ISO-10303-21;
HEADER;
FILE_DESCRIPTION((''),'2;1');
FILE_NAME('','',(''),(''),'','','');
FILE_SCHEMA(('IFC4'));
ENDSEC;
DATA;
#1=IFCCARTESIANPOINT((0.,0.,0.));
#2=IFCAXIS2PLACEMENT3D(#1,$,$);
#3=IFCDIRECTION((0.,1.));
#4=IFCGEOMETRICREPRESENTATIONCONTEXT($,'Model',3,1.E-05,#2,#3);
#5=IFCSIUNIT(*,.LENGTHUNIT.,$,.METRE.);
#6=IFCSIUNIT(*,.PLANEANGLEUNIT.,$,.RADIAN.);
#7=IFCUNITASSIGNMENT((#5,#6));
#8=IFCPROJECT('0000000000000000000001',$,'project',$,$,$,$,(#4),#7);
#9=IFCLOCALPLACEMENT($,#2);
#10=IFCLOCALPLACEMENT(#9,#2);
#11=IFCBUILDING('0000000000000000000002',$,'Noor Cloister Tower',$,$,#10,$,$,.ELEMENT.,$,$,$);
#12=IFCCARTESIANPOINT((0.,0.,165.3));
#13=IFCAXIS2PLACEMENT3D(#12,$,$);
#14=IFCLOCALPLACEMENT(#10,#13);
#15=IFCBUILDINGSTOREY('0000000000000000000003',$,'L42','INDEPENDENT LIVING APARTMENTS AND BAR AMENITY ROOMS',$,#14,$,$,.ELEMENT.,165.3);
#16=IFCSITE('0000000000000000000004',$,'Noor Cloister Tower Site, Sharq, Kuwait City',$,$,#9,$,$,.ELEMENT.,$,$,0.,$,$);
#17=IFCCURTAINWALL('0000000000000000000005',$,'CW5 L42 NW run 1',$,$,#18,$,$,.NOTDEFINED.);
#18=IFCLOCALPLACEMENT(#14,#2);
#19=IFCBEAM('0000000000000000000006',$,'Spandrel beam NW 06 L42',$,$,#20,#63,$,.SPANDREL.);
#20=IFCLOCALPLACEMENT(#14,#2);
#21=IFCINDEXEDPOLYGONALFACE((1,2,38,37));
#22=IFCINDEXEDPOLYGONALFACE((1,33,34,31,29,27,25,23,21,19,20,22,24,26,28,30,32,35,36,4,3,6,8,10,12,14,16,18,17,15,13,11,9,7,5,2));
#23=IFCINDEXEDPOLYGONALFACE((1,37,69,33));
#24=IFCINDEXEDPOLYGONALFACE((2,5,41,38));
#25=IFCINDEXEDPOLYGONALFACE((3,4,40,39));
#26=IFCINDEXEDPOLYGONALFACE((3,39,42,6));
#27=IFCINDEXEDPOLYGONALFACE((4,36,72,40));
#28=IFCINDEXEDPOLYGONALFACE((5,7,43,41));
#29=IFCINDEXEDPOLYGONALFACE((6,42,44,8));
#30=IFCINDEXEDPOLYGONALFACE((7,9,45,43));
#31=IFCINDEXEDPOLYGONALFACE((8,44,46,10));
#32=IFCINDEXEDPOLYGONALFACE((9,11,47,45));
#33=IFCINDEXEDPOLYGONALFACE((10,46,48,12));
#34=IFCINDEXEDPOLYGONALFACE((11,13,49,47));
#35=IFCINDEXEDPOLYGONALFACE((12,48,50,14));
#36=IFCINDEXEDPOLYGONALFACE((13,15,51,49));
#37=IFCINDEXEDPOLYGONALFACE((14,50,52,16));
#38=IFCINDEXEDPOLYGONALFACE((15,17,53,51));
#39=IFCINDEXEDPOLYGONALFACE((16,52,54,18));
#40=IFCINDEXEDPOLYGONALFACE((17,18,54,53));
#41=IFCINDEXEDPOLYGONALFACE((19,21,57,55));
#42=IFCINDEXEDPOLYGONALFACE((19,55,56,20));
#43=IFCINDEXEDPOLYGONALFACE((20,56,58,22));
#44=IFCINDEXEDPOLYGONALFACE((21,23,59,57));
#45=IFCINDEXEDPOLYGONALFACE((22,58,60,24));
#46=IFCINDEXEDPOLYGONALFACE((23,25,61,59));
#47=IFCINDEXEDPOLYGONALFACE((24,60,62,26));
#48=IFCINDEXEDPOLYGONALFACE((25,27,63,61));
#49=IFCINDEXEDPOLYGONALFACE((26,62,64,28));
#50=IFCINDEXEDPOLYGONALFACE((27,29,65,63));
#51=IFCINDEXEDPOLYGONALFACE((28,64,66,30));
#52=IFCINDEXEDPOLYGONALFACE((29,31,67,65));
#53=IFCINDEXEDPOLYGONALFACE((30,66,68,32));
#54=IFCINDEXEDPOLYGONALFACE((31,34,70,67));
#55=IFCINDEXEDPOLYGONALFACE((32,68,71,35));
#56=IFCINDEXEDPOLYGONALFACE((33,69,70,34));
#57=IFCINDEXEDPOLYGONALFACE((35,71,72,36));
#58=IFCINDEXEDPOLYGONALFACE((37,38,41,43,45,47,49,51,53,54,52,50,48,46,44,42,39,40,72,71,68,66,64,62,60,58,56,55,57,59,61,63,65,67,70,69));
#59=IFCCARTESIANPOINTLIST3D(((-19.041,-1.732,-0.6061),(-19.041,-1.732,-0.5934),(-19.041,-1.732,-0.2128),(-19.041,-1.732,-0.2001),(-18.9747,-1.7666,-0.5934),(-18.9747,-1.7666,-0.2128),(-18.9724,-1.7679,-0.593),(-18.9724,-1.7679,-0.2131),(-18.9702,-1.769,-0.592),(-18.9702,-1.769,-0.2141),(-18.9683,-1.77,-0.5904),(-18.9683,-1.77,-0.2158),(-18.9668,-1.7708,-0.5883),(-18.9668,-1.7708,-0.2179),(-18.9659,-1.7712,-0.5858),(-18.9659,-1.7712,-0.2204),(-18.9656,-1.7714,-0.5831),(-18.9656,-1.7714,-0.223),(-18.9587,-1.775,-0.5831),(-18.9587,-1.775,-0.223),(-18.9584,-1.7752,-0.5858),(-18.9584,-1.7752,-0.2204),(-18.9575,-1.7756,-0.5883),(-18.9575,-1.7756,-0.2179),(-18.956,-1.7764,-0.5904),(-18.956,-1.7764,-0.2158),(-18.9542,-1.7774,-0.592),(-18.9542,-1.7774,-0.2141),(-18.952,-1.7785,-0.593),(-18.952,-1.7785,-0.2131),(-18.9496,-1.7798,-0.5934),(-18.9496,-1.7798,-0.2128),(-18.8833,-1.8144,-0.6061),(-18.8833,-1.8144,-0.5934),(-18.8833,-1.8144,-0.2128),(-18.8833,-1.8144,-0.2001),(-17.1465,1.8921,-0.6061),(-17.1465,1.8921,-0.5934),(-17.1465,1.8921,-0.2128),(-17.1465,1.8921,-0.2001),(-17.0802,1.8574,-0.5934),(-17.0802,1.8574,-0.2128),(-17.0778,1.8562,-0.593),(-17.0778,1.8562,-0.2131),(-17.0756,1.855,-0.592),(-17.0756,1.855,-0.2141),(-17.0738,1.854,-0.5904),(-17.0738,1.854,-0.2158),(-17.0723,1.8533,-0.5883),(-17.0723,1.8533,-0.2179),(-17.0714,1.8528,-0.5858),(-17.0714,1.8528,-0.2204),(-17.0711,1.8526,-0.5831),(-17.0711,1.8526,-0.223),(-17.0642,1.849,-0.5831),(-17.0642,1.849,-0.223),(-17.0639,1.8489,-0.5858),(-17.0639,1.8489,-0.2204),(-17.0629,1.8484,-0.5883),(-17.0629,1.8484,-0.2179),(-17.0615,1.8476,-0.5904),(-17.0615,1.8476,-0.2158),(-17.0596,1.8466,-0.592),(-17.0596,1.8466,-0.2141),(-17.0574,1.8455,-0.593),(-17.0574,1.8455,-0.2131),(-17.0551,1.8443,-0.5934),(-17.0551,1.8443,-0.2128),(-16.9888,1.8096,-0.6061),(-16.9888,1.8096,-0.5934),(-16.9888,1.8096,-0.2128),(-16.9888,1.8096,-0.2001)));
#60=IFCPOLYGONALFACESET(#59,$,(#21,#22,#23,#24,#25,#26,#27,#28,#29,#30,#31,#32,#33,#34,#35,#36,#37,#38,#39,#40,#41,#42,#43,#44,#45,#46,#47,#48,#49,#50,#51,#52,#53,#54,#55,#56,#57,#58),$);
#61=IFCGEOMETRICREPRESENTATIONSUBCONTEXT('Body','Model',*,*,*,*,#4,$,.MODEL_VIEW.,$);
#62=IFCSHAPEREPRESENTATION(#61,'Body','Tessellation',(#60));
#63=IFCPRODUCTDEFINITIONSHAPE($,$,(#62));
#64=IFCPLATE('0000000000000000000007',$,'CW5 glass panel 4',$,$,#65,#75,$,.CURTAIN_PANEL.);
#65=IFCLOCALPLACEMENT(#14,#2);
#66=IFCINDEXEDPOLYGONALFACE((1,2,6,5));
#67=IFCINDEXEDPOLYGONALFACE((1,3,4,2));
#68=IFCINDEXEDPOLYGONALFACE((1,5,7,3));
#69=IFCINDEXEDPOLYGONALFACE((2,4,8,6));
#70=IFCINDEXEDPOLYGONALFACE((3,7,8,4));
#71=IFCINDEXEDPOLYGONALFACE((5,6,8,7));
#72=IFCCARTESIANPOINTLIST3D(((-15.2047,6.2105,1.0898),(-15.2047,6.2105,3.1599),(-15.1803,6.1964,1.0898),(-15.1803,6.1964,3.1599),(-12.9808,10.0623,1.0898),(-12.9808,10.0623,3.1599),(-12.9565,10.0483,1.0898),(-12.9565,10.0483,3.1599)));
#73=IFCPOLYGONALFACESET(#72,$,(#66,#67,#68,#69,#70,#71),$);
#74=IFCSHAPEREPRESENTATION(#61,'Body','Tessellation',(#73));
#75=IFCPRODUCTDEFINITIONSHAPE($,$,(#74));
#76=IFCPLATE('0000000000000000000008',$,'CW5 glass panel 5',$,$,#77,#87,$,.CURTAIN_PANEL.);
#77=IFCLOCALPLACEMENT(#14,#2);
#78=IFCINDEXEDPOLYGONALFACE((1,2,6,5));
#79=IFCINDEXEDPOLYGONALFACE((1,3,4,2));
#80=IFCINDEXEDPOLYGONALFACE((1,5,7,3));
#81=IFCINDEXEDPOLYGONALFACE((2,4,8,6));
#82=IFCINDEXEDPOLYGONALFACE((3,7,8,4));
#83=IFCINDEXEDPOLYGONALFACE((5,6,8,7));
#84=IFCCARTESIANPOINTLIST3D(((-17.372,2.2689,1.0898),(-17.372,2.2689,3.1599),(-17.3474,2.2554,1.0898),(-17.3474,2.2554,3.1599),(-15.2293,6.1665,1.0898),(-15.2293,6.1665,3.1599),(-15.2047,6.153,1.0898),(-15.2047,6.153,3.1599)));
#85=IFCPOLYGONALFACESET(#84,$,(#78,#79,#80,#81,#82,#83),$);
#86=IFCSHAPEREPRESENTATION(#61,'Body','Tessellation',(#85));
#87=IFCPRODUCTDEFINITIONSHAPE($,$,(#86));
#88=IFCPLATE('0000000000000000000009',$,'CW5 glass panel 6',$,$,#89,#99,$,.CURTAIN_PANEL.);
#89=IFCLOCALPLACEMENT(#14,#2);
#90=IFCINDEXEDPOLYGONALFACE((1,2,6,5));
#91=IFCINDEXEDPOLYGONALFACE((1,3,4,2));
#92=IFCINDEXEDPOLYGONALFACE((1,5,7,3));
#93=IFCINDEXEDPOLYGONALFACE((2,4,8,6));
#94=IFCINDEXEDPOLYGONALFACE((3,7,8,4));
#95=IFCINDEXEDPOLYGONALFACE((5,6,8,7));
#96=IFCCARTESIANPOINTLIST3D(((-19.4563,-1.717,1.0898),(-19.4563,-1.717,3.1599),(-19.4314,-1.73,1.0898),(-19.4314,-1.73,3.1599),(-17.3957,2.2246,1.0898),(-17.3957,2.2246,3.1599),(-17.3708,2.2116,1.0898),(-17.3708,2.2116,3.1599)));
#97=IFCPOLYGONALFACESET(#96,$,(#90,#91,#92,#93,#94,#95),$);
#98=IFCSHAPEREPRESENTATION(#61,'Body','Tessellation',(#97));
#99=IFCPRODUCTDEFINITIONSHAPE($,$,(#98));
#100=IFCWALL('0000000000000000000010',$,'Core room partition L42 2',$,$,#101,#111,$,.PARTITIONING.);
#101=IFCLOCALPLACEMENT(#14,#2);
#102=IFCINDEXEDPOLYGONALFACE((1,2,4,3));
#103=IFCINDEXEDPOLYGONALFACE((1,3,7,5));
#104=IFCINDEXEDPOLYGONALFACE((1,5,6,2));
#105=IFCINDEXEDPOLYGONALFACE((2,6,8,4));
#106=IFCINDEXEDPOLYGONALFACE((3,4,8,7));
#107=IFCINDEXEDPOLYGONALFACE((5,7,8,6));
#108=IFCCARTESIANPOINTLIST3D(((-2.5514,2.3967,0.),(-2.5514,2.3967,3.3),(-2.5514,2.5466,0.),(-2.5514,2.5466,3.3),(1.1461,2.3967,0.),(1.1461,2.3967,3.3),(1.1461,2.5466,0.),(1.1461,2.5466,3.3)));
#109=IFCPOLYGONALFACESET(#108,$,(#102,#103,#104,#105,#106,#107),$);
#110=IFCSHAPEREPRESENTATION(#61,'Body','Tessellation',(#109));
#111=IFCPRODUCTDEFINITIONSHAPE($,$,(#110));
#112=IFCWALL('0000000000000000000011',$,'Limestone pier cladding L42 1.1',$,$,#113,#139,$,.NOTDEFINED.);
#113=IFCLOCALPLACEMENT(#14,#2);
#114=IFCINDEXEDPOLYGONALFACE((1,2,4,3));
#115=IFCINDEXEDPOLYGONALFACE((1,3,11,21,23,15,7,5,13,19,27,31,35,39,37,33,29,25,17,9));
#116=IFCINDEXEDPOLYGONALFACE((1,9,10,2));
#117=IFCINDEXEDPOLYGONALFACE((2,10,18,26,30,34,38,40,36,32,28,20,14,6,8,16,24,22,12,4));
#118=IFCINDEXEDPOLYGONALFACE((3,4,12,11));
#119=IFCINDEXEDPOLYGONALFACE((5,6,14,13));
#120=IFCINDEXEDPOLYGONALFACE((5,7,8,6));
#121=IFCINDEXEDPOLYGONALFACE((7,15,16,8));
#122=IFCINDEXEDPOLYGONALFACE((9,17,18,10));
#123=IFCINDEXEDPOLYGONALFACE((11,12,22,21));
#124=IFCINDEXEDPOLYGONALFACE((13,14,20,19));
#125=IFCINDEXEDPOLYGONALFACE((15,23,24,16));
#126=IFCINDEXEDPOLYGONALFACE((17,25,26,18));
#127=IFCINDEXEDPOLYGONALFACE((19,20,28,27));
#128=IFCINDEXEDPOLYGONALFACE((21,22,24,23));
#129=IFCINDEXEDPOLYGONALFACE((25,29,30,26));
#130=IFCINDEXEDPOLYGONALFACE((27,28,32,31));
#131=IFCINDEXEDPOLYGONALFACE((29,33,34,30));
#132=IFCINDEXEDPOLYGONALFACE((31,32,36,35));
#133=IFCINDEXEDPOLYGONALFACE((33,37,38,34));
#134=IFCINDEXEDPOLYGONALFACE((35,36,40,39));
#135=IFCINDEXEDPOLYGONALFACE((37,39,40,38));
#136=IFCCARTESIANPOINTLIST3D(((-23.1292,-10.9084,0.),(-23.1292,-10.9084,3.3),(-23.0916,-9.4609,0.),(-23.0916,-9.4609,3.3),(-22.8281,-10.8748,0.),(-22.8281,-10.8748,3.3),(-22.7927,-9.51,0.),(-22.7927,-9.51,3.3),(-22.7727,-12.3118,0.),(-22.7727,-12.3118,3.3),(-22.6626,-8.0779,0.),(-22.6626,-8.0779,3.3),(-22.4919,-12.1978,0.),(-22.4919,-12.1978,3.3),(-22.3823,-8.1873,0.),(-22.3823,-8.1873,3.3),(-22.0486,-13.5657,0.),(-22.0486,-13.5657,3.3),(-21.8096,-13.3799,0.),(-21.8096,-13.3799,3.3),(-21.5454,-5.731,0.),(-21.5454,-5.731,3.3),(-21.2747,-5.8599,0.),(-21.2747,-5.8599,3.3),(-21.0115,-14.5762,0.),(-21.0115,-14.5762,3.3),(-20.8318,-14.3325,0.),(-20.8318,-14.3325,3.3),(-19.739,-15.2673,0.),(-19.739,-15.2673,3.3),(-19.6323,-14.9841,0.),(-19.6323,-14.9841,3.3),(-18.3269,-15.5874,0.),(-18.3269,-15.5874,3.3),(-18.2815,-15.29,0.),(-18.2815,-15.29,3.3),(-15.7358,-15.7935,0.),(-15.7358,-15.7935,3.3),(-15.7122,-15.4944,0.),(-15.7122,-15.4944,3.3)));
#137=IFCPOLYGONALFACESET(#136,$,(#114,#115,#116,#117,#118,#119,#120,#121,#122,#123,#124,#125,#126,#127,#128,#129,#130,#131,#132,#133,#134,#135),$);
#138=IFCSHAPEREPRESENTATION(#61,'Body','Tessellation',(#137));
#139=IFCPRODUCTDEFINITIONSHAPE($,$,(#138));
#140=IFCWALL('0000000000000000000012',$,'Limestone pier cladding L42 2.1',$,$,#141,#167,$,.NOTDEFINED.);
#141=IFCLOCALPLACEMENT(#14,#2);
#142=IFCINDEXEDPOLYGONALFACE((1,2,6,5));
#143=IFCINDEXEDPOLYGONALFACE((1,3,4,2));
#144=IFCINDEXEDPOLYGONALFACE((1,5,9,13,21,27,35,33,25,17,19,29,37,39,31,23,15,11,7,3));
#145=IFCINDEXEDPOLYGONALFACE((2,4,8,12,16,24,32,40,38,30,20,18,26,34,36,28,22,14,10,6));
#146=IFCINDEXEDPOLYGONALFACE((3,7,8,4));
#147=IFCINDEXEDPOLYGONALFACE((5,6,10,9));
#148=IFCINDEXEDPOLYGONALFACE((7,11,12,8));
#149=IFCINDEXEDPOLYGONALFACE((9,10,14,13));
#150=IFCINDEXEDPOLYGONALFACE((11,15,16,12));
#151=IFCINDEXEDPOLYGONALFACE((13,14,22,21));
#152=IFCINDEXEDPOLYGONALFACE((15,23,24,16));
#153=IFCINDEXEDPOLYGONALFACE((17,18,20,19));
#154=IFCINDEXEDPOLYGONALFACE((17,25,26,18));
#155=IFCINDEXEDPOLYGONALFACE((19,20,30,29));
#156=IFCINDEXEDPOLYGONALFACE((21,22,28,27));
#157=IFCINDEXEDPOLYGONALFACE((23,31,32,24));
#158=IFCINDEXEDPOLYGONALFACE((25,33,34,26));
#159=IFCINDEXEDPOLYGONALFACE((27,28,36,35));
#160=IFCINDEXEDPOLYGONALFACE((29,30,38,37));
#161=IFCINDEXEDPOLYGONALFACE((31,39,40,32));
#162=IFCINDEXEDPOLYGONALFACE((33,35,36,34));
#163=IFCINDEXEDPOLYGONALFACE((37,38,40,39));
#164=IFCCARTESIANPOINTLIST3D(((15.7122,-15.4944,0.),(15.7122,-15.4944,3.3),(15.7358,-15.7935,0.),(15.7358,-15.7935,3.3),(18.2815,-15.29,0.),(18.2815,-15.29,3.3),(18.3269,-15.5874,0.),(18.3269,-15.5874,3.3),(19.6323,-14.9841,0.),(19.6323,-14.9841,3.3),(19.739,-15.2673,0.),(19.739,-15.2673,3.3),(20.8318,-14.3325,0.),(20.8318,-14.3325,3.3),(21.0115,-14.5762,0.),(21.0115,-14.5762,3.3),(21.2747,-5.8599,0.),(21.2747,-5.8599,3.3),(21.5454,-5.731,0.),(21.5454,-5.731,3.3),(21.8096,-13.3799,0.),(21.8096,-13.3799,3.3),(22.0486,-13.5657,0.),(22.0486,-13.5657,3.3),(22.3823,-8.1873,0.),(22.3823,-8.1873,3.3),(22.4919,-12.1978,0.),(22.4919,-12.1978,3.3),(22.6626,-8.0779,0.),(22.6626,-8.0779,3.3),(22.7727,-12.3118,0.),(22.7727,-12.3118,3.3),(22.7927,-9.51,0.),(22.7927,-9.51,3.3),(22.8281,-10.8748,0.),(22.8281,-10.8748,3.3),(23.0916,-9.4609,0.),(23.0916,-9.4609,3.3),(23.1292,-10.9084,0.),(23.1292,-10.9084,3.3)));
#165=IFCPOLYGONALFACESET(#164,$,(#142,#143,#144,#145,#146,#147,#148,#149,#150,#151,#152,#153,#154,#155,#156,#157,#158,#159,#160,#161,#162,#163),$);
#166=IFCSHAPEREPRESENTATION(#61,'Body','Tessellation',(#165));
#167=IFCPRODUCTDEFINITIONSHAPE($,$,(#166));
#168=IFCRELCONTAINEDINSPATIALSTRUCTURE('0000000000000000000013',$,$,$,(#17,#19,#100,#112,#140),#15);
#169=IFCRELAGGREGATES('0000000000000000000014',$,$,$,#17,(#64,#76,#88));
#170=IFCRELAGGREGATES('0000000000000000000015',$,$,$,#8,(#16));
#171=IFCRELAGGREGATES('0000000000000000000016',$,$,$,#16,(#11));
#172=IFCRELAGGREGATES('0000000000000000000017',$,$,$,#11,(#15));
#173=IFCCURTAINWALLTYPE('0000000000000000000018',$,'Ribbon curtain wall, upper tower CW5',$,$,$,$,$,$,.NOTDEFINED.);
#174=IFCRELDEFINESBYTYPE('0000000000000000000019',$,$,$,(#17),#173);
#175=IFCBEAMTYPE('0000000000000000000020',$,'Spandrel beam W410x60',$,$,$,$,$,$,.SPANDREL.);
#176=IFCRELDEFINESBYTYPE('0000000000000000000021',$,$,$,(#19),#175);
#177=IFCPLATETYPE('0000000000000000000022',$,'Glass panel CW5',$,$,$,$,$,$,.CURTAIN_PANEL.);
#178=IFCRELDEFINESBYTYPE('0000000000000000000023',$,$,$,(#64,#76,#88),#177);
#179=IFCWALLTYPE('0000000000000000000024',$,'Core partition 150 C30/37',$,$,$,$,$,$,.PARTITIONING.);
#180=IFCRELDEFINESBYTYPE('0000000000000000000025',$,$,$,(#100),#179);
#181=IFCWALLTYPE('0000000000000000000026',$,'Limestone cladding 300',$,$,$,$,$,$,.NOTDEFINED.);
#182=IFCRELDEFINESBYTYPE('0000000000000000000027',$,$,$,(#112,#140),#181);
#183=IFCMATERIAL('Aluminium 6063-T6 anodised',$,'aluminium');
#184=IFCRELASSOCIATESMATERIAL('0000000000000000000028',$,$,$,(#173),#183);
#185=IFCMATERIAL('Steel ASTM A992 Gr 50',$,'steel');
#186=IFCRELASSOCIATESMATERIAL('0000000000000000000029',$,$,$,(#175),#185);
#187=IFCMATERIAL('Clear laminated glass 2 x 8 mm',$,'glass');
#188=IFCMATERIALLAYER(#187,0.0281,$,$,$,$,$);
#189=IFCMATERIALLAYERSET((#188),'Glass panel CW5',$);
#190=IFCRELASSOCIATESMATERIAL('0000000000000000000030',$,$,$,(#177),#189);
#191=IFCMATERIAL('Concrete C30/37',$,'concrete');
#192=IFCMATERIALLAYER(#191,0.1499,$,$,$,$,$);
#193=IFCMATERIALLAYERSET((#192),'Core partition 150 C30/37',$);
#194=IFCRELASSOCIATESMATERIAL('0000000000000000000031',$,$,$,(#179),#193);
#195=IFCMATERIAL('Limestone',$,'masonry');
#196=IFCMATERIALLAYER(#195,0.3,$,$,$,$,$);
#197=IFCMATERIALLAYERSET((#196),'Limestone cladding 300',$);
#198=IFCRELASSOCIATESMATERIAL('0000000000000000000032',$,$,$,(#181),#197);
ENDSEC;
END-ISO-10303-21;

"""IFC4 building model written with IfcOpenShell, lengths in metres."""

from ifc_helpers import new_model, si_unit, direction, frame, frame_2d, origin, origin_2d, place, context, subcontext, project, spatial, polyline, rectangle, i_section, outline, extrude, material, layer, layer_set, material_profile, profile_set, type_object, element, aggregate, save


model = new_model("IFC4")

# Units and contexts
model_context = context("Model", 3, precision=1e-05, world=origin(), true_north=direction((0.0, 1.0)))
body_context = subcontext(model_context, "Body", "Model", "MODEL_VIEW")
ifc_project = project(units=[si_unit("LENGTHUNIT", "METRE"), si_unit("PLANEANGLEUNIT", "RADIAN")], contexts=[model_context])

# Site, building, storey
site_placement = place(None, origin())
site = spatial("IfcSite", under=ifc_project, at=site_placement, Name="Noor Cloister Tower Site, Sharq, Kuwait City", CompositionType="ELEMENT", RefElevation=0.0)
building_placement = place(site_placement, origin())
building = spatial("IfcBuilding", under=site, at=building_placement, Name="Noor Cloister Tower", CompositionType="ELEMENT")
storey_placement = place(building_placement, frame((0.0, 0.0, 165.3)))
storey = spatial("IfcBuildingStorey", under=building, at=storey_placement, Name="L42", Description="INDEPENDENT LIVING APARTMENTS AND BAR AMENITY ROOMS", CompositionType="ELEMENT", Elevation=165.3)

# Shared definitions
ifc_material_1 = material(Name="Aluminium 6063-T6 anodised", Category="aluminium")
curtain_wall_type = type_object("IfcCurtainWallType", Name="Ribbon curtain wall, upper tower CW5", PredefinedType="NOTDEFINED", material=ifc_material_1)

# Curtain wall
curtain_wall_1_placement = place(storey_placement, origin())
curtain_wall_1 = element("IfcCurtainWall", 1, at=curtain_wall_1_placement, inside=storey, type_object=curtain_wall_type, Name="CW5 L42 NW run 1", PredefinedType="NOTDEFINED")

# Beam
ifc_material_2 = material(Name="Steel ASTM A992 Gr 50", Category="steel")
ifc_material_profile_1 = material_profile(ifc_material_2, i_section(OverallWidth=0.178, OverallDepth=0.406, WebThickness=0.0078, FlangeThickness=0.0127, FilletRadius=0.0103, at=origin_2d()), Name="W410x60")
ifc_profile_set_1 = profile_set([ifc_material_profile_1], Name="Steel ASTM A992 Gr 50")
beam_type_1 = type_object("IfcBeamType", Name="Spandrel beam W410x60", PredefinedType="SPANDREL", material=ifc_profile_set_1)
beam_1_placement = place(storey_placement, frame((-17.0676, 1.8508, -0.4031), z_axis=(-0.463284, -0.88621, 0.0), x_axis=(0.88621, -0.463284, 0.0)))
element("IfcBeam", 2, at=beam_1_placement, inside=storey, type_object=beam_type_1, Name="Spandrel beam NW 06 L42", PredefinedType="SPANDREL", context=body_context, shape_type="SweptSolid", body=[
    extrude(i_section(OverallWidth=0.178, OverallDepth=0.406, WebThickness=0.0078, FlangeThickness=0.0127, FilletRadius=0.0103, at=origin_2d()), origin(), (0.0, 0.0, 1.0), 4.0894),
])

# Plates
ifc_material_3 = material(Name="Clear laminated glass 2 x 8 mm", Category="glass")
ifc_layer_1 = layer(ifc_material_3, 0.0281)
ifc_layer_set_1 = layer_set([ifc_layer_1], Name="Glass panel CW5")
plate_type = type_object("IfcPlateType", Name="Glass panel CW5", PredefinedType="CURTAIN_PANEL", material=ifc_layer_set_1)
plate_1_placement = place(storey_placement, frame((-14.0806, 8.1294, 1.0898), z_axis=(0.0, 0.0, 1.0), x_axis=(-0.5, -0.866025, 0.0)))
plate_1 = element("IfcPlate", 3, at=plate_1_placement, type_object=plate_type, Name="CW5 glass panel 4", PredefinedType="CURTAIN_PANEL", context=body_context, shape_type="SweptSolid", body=[
    extrude(rectangle(XDim=4.4478, YDim=0.0281, at=origin_2d()), origin(), (0.0, 0.0, 1.0), 2.0701),
])
plate_2_placement = place(storey_placement, frame((-16.2883, 4.2109, 1.0898), z_axis=(0.0, 0.0, 1.0), x_axis=(-0.481752, -0.876308, 0.0)))
plate_2 = element("IfcPlate", 4, at=plate_2_placement, type_object=plate_type, Name="CW5 glass panel 5", PredefinedType="CURTAIN_PANEL", context=body_context, shape_type="SweptSolid", body=[
    extrude(rectangle(XDim=4.4478, YDim=0.0281, at=origin_2d()), origin(), (0.0, 0.0, 1.0), 2.0701),
])
plate_3_placement = place(storey_placement, frame((-18.4136, 0.2473, 1.0898), z_axis=(0.0, 0.0, 1.0), x_axis=(-0.463292, -0.886206, 0.0)))
plate_3 = element("IfcPlate", 5, at=plate_3_placement, type_object=plate_type, Name="CW5 glass panel 6", PredefinedType="CURTAIN_PANEL", context=body_context, shape_type="SweptSolid", body=[
    extrude(rectangle(XDim=4.4478, YDim=0.0281, at=origin_2d()), origin(), (0.0, 0.0, 1.0), 2.0701),
])
aggregate(curtain_wall_1, [plate_1, plate_2, plate_3])

# Walls
ifc_material_4 = material(Name="Concrete C30/37", Category="concrete")
ifc_layer_2 = layer(ifc_material_4, 0.1499)
ifc_layer_set_2 = layer_set([ifc_layer_2], Name="Core partition 150 C30/37")
wall_type_1 = type_object("IfcWallType", Name="Core partition 150 C30/37", PredefinedType="PARTITIONING", material=ifc_layer_set_2)
wall_1_placement = place(storey_placement, frame((-2.5513, 2.4717, 0.0), z_axis=(0.0, 0.0, 1.0), x_axis=(1.0, 0.0, 0.0)))
element("IfcWall", 6, at=wall_1_placement, inside=storey, type_object=wall_type_1, Name="Core room partition L42 2", PredefinedType="PARTITIONING", context=body_context, shape_type="SweptSolid", body=[
    extrude(rectangle(XDim=3.6975, YDim=0.1499, at=frame_2d((1.8486, 0.0))), origin(), (0.0, 0.0, 1.0), 3.3),
])
ifc_material_5 = material(Name="Limestone", Category="masonry")
ifc_layer_3 = layer(ifc_material_5, 0.3)
ifc_layer_set_3 = layer_set([ifc_layer_3], Name="Limestone cladding 300")
wall_type_2 = type_object("IfcWallType", Name="Limestone cladding 300", PredefinedType="NOTDEFINED", material=ifc_layer_set_3)
wall_2_placement = place(storey_placement, origin())
element("IfcWall", 7, at=wall_2_placement, inside=storey, type_object=wall_type_2, Name="Limestone pier cladding L42 1.1", PredefinedType="NOTDEFINED", context=body_context, shape_type="SweptSolid", body=[
    extrude(outline(polyline([(-21.5454, -5.731), (-22.6626, -8.0779), (-23.0916, -9.4609), (-23.1292, -10.9084), (-22.7727, -12.3118), (-22.0486, -13.5657), (-21.0115, -14.5762), (-19.739, -15.2673), (-18.3269, -15.5874), (-15.7358, -15.7935), (-15.7122, -15.4944), (-18.2815, -15.29), (-19.6323, -14.9841), (-20.8318, -14.3325), (-21.8096, -13.3799), (-22.4919, -12.1978), (-22.8281, -10.8748), (-22.7927, -9.51), (-22.3823, -8.1873), (-21.2747, -5.8599), (-21.5454, -5.731)])), origin(), (0.0, 0.0, 1.0), 3.3),
])
wall_3_placement = place(storey_placement, origin())
element("IfcWall", 8, at=wall_3_placement, inside=storey, type_object=wall_type_2, Name="Limestone pier cladding L42 2.1", PredefinedType="NOTDEFINED", context=body_context, shape_type="SweptSolid", body=[
    extrude(outline(polyline([(15.7358, -15.7935), (18.3269, -15.5874), (19.739, -15.2673), (21.0115, -14.5762), (22.0486, -13.5657), (22.7727, -12.3118), (23.1292, -10.9084), (23.0916, -9.4609), (22.6626, -8.0779), (21.5454, -5.731), (21.2747, -5.8599), (22.3823, -8.1873), (22.7927, -9.51), (22.8281, -10.8748), (22.4919, -12.1978), (21.8096, -13.3799), (20.8318, -14.3325), (19.6323, -14.9841), (18.2815, -15.29), (15.7122, -15.4944), (15.7358, -15.7935)])), origin(), (0.0, 0.0, 1.0), 3.3),
])

save(model, "model.ifc")
